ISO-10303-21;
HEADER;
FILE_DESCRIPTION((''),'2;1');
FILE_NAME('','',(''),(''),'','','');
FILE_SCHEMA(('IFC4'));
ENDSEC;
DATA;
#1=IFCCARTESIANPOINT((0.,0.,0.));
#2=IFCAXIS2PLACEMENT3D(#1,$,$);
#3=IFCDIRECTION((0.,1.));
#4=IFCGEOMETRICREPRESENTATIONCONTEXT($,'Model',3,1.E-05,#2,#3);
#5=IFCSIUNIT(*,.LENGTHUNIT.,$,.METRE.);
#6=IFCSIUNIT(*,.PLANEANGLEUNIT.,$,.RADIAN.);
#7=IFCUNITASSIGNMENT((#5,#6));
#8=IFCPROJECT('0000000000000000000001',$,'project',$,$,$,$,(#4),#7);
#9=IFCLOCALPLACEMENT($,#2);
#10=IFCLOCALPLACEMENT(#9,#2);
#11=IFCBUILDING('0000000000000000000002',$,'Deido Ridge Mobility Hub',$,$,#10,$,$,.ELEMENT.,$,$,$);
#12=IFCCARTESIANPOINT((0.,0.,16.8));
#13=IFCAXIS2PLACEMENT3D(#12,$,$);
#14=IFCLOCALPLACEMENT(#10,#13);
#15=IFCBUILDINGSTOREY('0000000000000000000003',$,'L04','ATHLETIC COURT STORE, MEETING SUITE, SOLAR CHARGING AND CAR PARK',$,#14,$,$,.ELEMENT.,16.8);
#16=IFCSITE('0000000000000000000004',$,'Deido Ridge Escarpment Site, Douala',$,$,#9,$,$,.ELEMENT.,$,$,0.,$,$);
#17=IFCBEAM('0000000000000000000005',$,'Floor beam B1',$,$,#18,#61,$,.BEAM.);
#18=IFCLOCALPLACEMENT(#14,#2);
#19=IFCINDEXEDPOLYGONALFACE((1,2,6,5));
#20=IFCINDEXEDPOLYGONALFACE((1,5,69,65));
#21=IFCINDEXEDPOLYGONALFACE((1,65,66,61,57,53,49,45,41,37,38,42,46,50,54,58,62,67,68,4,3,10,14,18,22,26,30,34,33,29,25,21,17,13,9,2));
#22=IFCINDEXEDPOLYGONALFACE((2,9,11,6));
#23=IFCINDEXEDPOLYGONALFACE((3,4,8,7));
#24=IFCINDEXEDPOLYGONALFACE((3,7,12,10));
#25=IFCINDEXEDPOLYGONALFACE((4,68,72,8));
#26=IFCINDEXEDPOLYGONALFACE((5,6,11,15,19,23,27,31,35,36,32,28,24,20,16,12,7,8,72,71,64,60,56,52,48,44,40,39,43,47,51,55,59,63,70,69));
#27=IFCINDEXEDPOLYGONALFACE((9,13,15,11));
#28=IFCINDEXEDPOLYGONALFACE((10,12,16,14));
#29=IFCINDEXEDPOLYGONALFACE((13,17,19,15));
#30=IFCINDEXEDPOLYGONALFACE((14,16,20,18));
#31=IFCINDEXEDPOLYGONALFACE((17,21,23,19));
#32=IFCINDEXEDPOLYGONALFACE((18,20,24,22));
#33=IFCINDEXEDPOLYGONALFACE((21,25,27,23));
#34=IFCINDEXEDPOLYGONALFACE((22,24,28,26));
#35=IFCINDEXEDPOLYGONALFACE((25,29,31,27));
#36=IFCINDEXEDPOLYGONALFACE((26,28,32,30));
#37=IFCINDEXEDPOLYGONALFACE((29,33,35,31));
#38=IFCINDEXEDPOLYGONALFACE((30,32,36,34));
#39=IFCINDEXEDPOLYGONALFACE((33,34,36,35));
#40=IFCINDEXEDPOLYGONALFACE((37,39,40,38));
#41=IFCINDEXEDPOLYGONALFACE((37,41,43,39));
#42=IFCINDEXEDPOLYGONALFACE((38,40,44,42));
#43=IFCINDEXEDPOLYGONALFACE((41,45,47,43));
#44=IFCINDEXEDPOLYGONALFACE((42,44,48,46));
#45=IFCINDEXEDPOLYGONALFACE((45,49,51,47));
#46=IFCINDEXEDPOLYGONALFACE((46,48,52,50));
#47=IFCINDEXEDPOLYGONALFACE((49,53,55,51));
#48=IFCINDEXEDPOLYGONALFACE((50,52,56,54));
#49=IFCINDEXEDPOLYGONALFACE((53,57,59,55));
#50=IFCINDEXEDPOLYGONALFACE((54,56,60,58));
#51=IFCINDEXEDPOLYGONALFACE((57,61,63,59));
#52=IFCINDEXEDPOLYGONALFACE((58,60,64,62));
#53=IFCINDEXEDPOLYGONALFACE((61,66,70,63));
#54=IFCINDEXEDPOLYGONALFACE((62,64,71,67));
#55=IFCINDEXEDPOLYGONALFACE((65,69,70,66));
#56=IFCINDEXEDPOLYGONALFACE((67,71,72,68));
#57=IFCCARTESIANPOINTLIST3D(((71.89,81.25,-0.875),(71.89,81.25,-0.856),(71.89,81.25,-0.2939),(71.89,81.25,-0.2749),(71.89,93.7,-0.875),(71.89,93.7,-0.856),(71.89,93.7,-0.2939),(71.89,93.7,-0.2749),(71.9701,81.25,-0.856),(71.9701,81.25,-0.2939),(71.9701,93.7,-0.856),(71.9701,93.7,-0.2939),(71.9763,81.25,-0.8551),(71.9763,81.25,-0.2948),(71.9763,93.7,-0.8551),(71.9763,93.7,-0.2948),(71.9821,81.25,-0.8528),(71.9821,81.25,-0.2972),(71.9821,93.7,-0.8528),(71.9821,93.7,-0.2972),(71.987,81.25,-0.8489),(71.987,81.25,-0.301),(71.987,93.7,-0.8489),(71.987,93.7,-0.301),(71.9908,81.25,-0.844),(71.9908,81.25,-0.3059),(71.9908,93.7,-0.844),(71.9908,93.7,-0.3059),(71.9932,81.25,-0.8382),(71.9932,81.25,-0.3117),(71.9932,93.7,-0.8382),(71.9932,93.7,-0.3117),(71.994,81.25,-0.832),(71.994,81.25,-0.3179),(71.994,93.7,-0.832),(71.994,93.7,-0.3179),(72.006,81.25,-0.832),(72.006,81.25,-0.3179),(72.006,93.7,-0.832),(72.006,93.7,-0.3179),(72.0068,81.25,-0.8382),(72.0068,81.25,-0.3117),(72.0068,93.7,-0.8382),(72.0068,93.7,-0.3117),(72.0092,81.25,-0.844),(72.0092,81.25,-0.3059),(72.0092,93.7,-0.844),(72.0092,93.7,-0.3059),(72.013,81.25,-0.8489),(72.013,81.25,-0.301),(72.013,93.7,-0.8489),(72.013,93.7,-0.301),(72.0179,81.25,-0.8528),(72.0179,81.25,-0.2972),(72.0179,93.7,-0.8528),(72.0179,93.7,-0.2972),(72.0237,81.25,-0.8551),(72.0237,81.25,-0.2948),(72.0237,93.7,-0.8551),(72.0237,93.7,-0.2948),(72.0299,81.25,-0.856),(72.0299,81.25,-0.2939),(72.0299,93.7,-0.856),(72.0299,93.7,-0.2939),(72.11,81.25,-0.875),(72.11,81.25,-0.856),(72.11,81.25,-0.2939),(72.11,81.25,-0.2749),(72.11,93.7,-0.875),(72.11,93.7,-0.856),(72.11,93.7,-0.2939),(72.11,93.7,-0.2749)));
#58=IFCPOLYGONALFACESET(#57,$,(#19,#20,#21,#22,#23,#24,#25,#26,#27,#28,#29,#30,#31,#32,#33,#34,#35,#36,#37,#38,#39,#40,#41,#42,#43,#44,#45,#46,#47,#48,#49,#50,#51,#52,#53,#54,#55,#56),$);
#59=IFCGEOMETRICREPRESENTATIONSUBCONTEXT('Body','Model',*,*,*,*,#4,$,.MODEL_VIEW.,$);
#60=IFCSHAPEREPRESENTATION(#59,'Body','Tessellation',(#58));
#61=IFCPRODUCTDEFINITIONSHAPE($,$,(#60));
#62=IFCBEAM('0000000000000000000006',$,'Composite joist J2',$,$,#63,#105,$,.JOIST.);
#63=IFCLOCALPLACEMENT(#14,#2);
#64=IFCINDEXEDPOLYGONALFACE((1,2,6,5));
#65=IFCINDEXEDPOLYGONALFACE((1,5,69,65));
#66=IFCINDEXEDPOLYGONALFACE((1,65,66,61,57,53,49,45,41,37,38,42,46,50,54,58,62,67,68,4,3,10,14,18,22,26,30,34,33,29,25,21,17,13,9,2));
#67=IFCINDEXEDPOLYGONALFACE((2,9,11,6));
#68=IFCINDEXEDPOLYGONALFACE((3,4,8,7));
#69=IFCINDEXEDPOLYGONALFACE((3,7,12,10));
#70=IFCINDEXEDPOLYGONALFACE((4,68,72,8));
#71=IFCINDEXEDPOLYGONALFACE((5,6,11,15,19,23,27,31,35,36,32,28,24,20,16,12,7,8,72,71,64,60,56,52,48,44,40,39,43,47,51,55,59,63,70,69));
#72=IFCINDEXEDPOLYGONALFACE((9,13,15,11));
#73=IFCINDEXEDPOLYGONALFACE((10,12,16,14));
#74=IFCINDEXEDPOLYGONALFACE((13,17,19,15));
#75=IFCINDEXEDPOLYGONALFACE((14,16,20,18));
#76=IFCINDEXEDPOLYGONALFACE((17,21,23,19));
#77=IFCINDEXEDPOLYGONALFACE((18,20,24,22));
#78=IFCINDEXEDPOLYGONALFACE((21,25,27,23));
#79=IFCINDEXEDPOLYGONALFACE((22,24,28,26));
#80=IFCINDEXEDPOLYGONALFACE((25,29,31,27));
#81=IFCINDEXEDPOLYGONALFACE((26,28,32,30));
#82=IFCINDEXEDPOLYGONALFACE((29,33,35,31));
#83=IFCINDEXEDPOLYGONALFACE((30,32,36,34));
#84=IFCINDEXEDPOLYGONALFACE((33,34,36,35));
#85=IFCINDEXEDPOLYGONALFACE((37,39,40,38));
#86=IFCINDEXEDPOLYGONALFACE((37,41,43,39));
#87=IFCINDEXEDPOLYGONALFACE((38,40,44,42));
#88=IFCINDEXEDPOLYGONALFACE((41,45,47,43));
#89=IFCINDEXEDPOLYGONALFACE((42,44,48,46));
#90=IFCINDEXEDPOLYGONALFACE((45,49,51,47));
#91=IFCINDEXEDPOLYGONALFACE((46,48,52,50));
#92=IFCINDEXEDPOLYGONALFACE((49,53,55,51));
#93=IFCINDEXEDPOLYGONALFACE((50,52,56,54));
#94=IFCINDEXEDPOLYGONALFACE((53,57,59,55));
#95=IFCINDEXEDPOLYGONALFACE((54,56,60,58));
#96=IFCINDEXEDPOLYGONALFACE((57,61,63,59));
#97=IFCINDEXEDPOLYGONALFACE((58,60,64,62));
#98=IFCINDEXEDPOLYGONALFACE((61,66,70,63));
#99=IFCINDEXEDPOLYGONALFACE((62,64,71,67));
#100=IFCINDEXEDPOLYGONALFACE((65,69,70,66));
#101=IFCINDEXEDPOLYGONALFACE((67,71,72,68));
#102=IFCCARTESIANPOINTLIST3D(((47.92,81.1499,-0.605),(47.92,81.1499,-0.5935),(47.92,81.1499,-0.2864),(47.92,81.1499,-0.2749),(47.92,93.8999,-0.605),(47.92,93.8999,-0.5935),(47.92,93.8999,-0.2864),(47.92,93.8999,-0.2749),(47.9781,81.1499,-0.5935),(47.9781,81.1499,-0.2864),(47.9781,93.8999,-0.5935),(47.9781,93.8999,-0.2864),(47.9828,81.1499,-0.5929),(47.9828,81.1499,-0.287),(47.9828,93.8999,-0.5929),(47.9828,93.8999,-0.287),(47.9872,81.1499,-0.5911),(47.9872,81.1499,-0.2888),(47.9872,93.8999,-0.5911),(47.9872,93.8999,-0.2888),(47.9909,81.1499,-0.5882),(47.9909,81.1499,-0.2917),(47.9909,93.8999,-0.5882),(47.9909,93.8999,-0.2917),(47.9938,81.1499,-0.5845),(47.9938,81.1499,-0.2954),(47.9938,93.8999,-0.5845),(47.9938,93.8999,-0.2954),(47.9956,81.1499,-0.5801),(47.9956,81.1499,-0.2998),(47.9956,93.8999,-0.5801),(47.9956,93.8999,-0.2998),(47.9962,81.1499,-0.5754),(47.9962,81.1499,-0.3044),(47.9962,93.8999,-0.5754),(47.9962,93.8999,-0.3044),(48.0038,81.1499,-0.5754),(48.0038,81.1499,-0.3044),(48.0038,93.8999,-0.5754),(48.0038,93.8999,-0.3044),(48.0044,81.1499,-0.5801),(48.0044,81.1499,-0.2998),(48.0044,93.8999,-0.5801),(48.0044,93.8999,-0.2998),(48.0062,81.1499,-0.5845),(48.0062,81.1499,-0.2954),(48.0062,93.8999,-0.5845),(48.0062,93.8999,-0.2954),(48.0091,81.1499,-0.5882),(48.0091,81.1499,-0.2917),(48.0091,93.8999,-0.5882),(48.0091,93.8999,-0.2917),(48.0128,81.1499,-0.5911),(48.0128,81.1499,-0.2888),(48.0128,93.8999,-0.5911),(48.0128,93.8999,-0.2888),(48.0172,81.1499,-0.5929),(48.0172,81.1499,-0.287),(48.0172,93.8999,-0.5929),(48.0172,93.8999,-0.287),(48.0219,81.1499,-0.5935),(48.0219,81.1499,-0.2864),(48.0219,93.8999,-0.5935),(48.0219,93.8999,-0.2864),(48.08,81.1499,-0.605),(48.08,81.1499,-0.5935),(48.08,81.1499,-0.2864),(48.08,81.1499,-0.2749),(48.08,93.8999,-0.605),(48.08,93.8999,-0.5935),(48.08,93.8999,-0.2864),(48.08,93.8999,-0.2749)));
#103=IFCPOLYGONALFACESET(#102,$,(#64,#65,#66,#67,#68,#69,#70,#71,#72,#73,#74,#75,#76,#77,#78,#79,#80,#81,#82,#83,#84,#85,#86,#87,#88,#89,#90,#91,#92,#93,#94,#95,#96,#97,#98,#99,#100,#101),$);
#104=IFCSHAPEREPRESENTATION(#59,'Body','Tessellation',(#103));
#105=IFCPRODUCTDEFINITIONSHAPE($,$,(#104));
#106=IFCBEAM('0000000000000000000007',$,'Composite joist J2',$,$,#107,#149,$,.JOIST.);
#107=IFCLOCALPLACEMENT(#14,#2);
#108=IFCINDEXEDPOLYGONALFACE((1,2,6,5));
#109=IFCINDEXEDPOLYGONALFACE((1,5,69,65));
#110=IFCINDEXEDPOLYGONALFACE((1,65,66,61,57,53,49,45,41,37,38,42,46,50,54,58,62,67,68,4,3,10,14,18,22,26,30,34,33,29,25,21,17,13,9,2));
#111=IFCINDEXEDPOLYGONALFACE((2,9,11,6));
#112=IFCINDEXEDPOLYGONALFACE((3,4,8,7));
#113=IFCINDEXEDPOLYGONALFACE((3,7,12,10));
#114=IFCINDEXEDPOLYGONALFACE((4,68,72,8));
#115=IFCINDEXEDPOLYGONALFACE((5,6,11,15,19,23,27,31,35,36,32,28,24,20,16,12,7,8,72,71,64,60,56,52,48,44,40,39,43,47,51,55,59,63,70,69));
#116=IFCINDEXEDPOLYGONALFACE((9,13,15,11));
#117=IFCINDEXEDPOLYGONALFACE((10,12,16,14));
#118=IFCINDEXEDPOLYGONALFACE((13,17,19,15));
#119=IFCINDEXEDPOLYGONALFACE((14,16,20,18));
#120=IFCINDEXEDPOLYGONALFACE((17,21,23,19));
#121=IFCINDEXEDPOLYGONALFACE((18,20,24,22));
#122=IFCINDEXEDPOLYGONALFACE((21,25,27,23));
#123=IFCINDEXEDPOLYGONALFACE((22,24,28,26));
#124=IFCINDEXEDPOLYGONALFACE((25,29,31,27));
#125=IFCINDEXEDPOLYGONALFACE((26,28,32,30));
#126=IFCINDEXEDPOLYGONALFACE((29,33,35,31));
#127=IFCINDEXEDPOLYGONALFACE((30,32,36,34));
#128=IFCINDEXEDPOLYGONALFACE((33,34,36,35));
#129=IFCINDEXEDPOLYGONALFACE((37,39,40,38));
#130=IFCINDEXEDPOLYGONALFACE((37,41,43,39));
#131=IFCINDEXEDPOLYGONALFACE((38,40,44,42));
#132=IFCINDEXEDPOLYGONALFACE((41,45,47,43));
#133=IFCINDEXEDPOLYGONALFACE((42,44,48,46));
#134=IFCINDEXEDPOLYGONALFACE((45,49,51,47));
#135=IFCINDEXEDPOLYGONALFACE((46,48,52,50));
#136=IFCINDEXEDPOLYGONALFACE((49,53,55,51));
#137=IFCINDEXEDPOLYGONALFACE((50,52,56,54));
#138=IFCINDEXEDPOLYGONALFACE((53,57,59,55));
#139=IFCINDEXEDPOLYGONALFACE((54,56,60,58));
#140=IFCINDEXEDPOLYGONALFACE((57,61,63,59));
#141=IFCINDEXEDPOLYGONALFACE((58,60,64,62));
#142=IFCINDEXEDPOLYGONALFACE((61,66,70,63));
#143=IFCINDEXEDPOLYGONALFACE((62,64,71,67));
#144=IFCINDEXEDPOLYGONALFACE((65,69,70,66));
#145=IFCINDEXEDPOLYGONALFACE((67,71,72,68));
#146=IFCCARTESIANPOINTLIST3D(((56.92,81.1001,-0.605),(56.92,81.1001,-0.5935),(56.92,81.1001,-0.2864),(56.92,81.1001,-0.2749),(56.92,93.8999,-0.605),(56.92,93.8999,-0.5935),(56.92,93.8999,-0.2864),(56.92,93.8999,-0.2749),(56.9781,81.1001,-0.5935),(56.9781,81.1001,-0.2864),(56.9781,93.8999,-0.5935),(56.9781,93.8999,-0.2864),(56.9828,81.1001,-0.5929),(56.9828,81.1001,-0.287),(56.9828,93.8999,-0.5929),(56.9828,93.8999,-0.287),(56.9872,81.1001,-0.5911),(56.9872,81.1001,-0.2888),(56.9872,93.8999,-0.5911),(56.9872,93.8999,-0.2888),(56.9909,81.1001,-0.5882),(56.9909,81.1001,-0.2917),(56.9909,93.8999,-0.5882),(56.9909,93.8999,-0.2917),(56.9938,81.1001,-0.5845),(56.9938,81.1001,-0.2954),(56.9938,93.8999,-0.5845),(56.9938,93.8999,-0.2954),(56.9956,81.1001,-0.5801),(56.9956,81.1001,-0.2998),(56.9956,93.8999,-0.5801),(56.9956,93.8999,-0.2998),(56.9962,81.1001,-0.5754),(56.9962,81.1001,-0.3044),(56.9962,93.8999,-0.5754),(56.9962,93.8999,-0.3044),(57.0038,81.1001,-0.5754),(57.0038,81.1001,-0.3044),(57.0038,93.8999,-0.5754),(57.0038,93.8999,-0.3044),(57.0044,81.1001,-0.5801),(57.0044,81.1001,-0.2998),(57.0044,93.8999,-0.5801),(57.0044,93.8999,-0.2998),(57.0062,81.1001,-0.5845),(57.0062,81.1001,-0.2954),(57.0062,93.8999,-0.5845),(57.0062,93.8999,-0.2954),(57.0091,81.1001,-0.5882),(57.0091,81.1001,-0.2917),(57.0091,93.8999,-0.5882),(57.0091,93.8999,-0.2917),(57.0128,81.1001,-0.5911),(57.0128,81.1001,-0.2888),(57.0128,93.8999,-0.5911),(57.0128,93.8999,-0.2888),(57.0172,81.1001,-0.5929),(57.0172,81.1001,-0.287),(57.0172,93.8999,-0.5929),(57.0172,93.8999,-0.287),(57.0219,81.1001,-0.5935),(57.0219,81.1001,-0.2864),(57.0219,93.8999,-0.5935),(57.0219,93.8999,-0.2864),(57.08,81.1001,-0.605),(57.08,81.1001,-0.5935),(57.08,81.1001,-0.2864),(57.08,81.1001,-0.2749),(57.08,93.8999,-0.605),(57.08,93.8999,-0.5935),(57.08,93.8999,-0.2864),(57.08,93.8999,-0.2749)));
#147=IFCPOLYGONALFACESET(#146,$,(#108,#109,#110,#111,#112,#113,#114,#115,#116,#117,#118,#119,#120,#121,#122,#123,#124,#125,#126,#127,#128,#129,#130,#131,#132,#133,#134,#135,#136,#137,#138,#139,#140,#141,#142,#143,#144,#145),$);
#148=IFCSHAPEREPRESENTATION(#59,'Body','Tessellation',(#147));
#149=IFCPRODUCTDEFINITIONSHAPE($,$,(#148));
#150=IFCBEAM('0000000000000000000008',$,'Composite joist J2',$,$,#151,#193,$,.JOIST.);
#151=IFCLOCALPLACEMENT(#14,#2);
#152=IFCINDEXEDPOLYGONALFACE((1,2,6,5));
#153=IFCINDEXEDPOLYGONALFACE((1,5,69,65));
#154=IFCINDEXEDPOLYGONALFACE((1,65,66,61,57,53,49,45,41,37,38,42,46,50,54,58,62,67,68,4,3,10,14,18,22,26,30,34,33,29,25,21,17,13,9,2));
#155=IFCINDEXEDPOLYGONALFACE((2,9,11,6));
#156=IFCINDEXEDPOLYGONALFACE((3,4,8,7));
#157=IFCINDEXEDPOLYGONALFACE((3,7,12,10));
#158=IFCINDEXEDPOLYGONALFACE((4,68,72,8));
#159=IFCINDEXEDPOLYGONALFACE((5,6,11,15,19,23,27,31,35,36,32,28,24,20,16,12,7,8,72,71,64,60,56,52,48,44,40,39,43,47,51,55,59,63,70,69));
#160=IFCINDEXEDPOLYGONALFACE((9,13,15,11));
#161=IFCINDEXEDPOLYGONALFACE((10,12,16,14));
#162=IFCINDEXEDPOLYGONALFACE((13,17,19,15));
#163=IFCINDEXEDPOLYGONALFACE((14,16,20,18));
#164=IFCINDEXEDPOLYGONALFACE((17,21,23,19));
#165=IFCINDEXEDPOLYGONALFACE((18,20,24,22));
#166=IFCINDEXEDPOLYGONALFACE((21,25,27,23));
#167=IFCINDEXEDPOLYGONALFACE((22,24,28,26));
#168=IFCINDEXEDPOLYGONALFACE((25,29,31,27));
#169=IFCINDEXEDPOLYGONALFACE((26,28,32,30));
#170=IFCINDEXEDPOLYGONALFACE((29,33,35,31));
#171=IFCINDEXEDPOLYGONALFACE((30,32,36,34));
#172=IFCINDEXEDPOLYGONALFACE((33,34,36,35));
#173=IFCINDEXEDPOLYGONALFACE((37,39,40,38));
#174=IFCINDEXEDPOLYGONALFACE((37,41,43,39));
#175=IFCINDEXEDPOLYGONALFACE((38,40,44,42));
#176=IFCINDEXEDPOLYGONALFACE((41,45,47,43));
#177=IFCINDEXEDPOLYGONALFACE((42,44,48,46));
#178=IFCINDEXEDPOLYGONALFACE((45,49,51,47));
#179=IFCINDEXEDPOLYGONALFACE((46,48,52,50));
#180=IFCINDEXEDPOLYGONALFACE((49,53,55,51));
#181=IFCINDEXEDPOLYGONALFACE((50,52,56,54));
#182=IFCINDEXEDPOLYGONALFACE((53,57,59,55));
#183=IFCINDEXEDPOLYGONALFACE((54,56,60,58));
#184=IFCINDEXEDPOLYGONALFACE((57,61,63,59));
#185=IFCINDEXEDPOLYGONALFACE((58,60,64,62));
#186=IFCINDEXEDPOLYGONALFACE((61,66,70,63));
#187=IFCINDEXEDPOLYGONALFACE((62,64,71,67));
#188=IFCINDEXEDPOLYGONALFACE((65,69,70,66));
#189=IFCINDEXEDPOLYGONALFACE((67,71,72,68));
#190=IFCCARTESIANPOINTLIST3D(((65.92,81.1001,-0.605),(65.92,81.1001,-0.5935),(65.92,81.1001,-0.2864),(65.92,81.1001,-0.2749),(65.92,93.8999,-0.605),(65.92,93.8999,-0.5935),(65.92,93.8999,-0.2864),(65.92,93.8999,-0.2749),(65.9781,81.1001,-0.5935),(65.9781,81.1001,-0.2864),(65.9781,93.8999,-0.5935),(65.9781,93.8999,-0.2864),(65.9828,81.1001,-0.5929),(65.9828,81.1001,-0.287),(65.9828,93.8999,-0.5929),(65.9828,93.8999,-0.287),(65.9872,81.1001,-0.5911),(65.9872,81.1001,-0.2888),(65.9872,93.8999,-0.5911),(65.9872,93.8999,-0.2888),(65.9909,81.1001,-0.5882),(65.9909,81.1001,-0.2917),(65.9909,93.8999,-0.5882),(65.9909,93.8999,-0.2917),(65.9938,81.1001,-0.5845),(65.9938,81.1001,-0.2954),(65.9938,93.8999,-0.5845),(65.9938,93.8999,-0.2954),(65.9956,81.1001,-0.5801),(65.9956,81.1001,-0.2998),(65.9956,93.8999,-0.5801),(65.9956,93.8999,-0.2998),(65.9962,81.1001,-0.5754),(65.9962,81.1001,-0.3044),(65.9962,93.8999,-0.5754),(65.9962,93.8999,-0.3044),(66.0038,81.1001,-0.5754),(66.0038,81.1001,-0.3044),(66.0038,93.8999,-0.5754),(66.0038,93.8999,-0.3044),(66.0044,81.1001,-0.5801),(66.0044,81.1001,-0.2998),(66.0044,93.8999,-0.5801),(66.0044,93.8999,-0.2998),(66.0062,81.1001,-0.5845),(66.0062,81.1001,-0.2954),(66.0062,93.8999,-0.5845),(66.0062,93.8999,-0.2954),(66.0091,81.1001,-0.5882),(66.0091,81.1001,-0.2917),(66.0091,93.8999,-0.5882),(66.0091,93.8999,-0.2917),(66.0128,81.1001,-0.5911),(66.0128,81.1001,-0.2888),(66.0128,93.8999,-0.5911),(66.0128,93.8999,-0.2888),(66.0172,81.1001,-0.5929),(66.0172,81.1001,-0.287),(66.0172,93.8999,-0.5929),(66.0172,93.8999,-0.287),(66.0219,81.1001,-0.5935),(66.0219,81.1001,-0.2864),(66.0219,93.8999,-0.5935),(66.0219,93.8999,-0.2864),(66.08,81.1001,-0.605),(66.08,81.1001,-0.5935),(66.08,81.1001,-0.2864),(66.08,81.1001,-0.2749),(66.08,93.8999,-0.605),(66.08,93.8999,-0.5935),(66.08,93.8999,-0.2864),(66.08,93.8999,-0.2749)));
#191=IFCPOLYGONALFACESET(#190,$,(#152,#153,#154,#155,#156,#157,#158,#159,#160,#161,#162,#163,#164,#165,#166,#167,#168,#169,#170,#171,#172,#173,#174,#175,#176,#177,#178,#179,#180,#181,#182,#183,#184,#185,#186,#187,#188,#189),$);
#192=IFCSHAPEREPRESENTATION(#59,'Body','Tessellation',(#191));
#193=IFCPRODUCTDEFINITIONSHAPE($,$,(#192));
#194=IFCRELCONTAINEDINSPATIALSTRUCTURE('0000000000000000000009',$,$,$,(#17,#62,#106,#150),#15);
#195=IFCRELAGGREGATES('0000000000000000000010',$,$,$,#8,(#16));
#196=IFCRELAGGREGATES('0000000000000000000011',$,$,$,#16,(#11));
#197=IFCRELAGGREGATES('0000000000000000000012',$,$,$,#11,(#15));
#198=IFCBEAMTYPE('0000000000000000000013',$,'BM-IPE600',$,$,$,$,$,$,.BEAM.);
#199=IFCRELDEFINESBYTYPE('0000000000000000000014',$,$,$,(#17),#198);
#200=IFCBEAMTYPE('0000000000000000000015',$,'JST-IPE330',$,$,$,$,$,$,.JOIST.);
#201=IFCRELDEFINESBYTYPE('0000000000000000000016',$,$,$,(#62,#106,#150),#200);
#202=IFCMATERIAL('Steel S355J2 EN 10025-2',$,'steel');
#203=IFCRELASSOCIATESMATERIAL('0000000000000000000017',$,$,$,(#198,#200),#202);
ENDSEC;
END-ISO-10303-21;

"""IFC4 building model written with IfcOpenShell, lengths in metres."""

from ifc_helpers import new_model, si_unit, direction, frame, origin, origin_2d, place, context, subcontext, project, spatial, i_section, extrude, material, material_profile, profile_set, type_object, element, save


model = new_model("IFC4")

# Units and contexts
model_context = context("Model", 3, precision=1e-05, world=origin(), true_north=direction((0.0, 1.0)))
body_context = subcontext(model_context, "Body", "Model", "MODEL_VIEW")
ifc_project = project(units=[si_unit("LENGTHUNIT", "METRE"), si_unit("PLANEANGLEUNIT", "RADIAN")], contexts=[model_context])

# Site, building, storey
site_placement = place(None, origin())
site = spatial("IfcSite", under=ifc_project, at=site_placement, Name="Deido Ridge Escarpment Site, Douala", CompositionType="ELEMENT", RefElevation=0.0)
building_placement = place(site_placement, origin())
building = spatial("IfcBuilding", under=site, at=building_placement, Name="Deido Ridge Mobility Hub", CompositionType="ELEMENT")
storey_placement = place(building_placement, frame((0.0, 0.0, 16.8)))
storey = spatial("IfcBuildingStorey", under=building, at=storey_placement, Name="L04", Description="ATHLETIC COURT STORE, MEETING SUITE, SOLAR CHARGING AND CAR PARK", CompositionType="ELEMENT", Elevation=16.8)

# Shared definitions
ifc_material_1 = material(Name="Steel S355J2 EN 10025-2", Category="steel")

# Beams
ifc_material_profile_1 = material_profile(ifc_material_1, i_section(OverallWidth=0.22, OverallDepth=0.6001, WebThickness=0.012, FlangeThickness=0.019, FilletRadius=0.0239, at=origin_2d()), Name="IPE 600")
ifc_profile_set_1 = profile_set([ifc_material_profile_1], Name="Steel S355J2 EN 10025-2")
beam_type_1 = type_object("IfcBeamType", Name="BM-IPE600", PredefinedType="BEAM", material=ifc_profile_set_1)
for number, where, z_axis, x_axis, name in (
    (1, (72.0, 81.25, -0.575), (0.0, 1.0, 0.0), (-1.0, 0.0, 0.0), "Floor beam B1"),
):
    element("IfcBeam", number, at=place(storey_placement, frame(where, z_axis=z_axis, x_axis=x_axis)), inside=storey, type_object=beam_type_1, Name=name, PredefinedType="BEAM", context=body_context, shape_type="SweptSolid", body=[
        extrude(i_section(OverallWidth=0.22, OverallDepth=0.6001, WebThickness=0.012, FlangeThickness=0.019, FilletRadius=0.0239, at=origin_2d()), origin(), (0.0, 0.0, 1.0), 12.45),
    ])
ifc_material_profile_2 = material_profile(ifc_material_1, i_section(OverallWidth=0.1599, OverallDepth=0.3301, WebThickness=0.0076, FlangeThickness=0.0115, FilletRadius=0.0181, at=origin_2d()), Name="IPE 330")
ifc_profile_set_2 = profile_set([ifc_material_profile_2], Name="Steel S355J2 EN 10025-2")
beam_type_2 = type_object("IfcBeamType", Name="JST-IPE330", PredefinedType="JOIST", material=ifc_profile_set_2)
beam_1_placement = place(storey_placement, frame((48.0, 81.1499, -0.4399), z_axis=(0.0, 1.0, 0.0), x_axis=(-1.0, 0.0, 0.0)))
element("IfcBeam", 2, at=beam_1_placement, inside=storey, type_object=beam_type_2, Name="Composite joist J2", PredefinedType="JOIST", context=body_context, shape_type="SweptSolid", body=[
    extrude(i_section(OverallWidth=0.1599, OverallDepth=0.3301, WebThickness=0.0076, FlangeThickness=0.0115, FilletRadius=0.0181, at=origin_2d()), origin(), (0.0, 0.0, 1.0), 12.75),
])
for number, where, z_axis, x_axis, name in (
    (3, (57.0, 81.1001, -0.4399), (0.0, 1.0, 0.0), (-1.0, 0.0, 0.0), "Composite joist J2"),
    (4, (66.0, 81.1001, -0.4399), (0.0, 1.0, 0.0), (-1.0, 0.0, 0.0), "Composite joist J2"),
):
    element("IfcBeam", number, at=place(storey_placement, frame(where, z_axis=z_axis, x_axis=x_axis)), inside=storey, type_object=beam_type_2, Name=name, PredefinedType="JOIST", context=body_context, shape_type="SweptSolid", body=[
        extrude(i_section(OverallWidth=0.1599, OverallDepth=0.3301, WebThickness=0.0076, FlangeThickness=0.0115, FilletRadius=0.0181, at=origin_2d()), origin(), (0.0, 0.0, 1.0), 12.7998),
    ])

save(model, "model.ifc")
